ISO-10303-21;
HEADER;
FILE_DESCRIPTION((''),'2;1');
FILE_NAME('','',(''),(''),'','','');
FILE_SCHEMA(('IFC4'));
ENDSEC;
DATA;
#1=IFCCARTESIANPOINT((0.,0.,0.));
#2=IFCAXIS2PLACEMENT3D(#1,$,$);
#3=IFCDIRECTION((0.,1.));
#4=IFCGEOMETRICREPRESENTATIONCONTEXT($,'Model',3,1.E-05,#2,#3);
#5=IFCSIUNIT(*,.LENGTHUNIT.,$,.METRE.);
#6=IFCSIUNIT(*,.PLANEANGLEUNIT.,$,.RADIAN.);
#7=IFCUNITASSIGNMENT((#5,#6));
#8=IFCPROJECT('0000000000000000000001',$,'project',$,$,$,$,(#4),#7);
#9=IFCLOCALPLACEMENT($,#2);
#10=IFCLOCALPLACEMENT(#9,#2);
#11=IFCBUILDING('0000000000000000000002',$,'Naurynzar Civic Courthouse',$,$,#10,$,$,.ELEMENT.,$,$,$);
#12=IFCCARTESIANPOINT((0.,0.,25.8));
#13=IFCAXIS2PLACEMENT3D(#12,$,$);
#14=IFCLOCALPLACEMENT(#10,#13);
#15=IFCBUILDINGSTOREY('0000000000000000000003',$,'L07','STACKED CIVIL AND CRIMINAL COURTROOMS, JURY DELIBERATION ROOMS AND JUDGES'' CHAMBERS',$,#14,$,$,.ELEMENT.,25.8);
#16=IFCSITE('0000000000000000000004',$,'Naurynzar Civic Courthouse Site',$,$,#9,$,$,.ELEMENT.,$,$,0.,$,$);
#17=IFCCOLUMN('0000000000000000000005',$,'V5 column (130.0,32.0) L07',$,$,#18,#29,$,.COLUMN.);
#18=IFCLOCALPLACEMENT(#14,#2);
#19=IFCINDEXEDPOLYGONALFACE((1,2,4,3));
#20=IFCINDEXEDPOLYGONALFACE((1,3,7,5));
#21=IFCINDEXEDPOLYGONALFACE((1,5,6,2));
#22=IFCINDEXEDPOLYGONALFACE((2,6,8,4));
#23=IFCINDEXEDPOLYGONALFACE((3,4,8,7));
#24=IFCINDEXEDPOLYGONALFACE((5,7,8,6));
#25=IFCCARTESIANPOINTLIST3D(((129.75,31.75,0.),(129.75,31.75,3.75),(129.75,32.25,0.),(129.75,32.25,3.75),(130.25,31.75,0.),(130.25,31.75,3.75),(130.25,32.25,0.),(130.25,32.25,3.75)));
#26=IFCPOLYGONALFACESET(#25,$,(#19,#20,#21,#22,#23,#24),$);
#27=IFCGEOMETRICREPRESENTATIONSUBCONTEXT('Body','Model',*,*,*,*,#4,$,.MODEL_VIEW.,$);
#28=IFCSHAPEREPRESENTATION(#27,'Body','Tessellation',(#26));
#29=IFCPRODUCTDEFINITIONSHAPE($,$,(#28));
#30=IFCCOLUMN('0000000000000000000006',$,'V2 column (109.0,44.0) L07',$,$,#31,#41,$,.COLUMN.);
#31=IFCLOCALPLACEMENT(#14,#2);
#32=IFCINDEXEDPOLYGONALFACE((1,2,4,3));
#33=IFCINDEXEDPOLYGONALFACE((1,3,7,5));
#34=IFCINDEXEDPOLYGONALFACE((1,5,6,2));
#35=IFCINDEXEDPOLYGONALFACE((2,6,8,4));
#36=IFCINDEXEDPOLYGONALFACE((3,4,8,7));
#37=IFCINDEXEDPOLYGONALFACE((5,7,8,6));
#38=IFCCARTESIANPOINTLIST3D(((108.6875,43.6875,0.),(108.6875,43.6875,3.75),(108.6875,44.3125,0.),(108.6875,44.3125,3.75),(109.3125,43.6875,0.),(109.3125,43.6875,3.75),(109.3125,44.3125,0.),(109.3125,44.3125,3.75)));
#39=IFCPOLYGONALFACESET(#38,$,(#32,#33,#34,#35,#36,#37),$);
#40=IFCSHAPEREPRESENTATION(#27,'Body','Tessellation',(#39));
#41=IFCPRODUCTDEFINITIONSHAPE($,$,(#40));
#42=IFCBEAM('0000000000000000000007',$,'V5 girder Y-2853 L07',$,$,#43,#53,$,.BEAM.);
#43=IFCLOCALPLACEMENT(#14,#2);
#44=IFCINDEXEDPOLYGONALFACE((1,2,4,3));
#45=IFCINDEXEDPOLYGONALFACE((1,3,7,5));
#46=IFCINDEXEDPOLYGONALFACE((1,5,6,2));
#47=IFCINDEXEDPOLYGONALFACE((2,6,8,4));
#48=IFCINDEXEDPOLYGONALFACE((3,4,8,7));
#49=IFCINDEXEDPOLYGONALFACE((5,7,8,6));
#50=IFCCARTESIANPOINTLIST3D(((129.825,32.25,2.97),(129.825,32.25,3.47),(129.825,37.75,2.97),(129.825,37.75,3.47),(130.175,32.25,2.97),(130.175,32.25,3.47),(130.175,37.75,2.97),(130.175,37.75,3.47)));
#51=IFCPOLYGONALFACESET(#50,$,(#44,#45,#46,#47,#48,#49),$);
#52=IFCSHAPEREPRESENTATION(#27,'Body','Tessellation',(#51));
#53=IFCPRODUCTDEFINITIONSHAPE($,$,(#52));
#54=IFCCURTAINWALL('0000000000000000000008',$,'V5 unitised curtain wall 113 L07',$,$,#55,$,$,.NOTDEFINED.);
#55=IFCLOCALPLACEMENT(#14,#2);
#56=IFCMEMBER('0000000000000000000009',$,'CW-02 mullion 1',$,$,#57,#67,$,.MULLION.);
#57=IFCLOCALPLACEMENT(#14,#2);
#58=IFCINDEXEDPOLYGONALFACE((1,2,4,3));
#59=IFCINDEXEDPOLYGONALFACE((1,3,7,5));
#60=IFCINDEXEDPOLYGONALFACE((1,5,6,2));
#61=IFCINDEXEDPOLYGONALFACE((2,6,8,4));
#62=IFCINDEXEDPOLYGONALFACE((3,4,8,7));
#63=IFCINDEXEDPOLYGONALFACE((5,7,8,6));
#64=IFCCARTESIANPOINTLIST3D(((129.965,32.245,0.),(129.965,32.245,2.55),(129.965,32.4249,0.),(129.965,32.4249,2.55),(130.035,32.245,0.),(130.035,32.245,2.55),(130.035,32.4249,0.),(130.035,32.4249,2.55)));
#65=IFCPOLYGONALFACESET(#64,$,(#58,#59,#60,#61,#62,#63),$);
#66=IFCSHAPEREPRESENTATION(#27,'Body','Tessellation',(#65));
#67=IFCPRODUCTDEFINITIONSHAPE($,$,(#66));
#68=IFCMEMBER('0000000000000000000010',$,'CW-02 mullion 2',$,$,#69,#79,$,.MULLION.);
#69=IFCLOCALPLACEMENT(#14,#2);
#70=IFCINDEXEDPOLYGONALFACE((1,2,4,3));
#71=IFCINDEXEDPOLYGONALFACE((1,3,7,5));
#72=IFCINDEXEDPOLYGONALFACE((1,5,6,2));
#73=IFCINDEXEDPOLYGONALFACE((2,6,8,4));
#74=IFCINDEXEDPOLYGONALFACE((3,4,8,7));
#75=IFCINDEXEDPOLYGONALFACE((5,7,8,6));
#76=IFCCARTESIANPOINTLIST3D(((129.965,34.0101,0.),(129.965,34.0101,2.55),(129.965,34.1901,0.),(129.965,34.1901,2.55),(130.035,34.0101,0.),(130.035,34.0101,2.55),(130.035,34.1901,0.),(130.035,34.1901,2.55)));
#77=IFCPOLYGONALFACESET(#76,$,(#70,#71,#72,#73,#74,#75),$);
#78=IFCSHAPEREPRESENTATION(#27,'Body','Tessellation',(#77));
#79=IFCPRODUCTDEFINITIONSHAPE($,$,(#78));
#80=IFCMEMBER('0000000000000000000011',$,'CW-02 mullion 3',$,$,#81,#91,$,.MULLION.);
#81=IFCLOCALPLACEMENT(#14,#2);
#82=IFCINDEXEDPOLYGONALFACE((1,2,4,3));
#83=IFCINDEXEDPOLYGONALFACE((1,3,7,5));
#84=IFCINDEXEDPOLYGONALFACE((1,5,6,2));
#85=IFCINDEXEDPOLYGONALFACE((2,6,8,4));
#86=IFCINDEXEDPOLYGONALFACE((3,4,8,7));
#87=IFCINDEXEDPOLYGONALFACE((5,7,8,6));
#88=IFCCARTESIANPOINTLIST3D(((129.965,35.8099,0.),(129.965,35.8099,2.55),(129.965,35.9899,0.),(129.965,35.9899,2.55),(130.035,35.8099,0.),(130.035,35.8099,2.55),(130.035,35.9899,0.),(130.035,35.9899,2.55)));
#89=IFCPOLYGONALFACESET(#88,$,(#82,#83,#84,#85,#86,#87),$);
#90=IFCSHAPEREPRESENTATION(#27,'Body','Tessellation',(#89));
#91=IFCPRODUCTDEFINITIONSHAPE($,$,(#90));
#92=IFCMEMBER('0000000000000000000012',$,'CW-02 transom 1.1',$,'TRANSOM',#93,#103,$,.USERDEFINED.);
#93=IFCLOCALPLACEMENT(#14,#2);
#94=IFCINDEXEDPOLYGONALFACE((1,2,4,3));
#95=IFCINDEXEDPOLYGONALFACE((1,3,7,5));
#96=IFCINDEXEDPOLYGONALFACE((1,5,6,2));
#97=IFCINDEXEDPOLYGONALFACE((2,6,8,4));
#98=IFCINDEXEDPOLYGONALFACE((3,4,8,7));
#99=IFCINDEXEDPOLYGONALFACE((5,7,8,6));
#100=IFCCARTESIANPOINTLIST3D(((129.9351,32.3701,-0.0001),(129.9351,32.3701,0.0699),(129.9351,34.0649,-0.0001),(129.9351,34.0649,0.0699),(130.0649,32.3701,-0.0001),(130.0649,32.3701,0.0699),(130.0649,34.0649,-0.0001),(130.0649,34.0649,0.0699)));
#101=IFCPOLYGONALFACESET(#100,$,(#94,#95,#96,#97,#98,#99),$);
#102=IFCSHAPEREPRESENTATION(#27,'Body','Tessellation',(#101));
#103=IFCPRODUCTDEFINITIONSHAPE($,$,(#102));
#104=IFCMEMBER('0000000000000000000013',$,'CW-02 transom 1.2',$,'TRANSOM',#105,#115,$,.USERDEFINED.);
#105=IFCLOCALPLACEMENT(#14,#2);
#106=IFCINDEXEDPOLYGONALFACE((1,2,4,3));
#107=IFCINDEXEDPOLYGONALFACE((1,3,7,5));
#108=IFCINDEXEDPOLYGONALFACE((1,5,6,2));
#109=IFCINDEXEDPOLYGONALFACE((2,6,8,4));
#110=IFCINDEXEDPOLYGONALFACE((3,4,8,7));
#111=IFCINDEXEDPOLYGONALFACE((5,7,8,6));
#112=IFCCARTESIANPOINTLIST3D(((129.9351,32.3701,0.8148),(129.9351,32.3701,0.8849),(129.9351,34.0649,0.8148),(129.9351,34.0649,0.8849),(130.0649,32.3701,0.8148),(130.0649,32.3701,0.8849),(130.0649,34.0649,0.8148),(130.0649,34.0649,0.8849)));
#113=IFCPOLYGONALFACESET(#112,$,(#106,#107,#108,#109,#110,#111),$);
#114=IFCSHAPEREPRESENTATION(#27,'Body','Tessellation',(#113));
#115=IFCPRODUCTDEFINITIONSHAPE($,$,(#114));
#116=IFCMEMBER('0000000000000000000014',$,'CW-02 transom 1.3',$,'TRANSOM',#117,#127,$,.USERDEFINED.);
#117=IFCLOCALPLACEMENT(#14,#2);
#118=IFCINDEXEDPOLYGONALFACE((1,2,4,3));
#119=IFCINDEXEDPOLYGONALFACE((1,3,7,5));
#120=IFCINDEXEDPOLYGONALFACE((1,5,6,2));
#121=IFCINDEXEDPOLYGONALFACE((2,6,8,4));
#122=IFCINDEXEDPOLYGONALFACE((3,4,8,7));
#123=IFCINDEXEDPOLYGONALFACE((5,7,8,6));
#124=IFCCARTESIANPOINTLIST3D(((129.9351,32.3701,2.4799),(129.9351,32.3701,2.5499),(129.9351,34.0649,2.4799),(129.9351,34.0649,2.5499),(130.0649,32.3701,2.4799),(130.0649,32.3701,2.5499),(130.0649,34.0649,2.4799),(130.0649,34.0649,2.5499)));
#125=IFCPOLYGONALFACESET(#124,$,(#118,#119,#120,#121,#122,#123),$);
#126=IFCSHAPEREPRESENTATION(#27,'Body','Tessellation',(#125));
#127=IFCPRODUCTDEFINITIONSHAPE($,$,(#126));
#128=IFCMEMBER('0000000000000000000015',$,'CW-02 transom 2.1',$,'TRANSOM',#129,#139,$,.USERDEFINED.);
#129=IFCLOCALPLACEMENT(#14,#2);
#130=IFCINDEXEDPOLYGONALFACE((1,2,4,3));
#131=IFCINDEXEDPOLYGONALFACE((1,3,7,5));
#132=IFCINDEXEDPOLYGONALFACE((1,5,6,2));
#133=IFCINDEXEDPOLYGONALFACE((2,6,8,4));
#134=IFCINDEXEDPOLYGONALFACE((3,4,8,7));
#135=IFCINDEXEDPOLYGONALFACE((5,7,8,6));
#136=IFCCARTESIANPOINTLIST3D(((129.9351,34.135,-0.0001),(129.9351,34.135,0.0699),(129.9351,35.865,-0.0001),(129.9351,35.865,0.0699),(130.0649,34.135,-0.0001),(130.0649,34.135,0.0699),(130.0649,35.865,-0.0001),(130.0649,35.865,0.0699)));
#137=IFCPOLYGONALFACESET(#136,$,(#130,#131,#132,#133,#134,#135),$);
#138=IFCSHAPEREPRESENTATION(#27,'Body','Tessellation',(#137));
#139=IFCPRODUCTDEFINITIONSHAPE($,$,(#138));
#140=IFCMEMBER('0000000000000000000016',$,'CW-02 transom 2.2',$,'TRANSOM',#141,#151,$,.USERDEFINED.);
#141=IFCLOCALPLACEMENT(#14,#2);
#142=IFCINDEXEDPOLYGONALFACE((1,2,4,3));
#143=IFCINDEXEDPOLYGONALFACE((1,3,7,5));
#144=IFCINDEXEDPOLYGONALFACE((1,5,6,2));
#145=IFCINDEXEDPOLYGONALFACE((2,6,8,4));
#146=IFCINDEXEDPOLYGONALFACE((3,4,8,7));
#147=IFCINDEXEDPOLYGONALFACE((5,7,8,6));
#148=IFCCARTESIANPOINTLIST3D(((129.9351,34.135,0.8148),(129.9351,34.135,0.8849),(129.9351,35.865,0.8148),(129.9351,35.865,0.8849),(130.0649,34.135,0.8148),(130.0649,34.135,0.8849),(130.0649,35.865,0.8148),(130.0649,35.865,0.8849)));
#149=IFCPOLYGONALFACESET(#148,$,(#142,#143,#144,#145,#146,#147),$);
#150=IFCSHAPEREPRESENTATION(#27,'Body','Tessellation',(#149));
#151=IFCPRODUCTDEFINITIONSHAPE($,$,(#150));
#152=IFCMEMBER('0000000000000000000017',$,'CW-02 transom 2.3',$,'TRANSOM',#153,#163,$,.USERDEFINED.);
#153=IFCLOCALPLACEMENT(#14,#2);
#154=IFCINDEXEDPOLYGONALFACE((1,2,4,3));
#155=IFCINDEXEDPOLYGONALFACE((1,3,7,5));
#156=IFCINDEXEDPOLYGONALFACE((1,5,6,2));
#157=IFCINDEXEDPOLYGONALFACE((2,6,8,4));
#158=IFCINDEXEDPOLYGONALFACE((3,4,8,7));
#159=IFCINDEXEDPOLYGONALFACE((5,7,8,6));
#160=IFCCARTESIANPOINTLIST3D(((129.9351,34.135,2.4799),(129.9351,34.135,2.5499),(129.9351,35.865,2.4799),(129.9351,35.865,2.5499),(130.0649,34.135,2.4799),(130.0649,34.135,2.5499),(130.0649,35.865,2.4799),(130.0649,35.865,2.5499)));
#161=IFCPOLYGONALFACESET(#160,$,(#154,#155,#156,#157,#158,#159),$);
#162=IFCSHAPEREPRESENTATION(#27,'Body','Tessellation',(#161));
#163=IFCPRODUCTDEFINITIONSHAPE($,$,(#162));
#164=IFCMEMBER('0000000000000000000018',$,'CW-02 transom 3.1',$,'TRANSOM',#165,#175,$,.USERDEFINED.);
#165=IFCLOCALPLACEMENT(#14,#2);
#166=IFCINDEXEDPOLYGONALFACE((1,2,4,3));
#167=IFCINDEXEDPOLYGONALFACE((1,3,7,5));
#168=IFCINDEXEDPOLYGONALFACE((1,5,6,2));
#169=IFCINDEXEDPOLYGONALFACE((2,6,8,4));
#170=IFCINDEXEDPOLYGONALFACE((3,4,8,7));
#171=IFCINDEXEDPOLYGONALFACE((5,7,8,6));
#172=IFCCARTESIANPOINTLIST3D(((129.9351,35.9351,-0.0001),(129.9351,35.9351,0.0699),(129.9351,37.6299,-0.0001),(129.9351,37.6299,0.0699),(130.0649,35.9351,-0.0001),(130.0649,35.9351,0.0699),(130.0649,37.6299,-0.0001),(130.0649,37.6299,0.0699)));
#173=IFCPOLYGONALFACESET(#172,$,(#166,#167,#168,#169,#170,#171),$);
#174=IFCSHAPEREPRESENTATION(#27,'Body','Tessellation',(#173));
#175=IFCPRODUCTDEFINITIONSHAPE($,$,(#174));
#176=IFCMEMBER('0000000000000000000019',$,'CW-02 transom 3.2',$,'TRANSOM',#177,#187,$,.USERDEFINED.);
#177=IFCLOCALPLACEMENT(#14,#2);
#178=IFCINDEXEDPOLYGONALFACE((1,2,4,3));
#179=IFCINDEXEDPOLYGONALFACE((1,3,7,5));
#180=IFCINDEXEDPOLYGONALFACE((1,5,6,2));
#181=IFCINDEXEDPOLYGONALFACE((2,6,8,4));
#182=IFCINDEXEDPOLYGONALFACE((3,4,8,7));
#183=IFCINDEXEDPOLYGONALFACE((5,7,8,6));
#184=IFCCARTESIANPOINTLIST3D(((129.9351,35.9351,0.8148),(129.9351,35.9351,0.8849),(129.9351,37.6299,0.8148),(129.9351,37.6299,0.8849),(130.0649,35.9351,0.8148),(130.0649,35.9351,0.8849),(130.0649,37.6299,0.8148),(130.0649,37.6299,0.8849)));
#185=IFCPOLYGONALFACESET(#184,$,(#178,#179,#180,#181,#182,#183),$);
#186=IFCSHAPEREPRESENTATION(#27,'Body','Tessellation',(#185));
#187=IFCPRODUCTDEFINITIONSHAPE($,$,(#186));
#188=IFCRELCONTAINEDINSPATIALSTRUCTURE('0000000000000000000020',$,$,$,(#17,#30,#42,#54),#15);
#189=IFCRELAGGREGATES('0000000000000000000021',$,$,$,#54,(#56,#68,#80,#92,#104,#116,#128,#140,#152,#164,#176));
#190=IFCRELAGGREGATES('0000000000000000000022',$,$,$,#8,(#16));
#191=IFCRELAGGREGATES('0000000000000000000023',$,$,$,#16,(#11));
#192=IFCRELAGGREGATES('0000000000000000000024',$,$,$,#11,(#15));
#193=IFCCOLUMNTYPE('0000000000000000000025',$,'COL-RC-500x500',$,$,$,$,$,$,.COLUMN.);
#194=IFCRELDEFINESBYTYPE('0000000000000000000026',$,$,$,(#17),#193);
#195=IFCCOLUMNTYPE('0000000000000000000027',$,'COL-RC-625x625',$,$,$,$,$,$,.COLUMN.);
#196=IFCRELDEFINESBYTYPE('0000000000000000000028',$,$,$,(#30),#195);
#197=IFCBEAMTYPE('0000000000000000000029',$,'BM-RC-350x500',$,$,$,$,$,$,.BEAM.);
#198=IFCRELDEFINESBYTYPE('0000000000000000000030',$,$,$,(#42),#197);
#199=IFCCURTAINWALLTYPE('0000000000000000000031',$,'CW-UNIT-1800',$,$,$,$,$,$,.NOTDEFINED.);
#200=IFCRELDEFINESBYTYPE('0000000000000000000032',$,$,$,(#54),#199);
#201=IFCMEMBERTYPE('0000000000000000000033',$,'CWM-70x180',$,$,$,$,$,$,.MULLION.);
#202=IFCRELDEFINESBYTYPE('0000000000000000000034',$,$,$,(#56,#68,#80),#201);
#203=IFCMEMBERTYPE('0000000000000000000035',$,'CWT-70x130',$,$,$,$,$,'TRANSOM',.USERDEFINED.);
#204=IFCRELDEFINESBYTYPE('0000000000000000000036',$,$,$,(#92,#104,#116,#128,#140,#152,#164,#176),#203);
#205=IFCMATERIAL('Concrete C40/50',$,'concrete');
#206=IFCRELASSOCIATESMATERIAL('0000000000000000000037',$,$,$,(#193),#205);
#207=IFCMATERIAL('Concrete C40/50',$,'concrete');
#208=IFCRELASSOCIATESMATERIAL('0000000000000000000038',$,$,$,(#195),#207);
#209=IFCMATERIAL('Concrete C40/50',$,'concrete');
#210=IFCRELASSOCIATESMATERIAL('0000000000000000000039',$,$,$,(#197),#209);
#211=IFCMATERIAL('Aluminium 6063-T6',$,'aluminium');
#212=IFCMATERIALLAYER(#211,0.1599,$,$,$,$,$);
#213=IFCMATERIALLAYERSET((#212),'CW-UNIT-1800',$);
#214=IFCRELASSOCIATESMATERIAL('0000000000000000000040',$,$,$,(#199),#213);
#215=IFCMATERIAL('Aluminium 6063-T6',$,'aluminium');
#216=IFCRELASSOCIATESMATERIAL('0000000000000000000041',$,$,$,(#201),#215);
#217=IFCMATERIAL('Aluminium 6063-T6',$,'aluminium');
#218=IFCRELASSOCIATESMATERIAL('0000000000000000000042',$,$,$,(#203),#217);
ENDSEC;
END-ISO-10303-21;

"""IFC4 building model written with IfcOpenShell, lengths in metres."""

from ifc_helpers import new_model, si_unit, direction, frame, origin, origin_2d, place, context, subcontext, project, spatial, rectangle, extrude, material, layer, layer_set, material_profile, profile_set, type_object, element, aggregate, save


model = new_model("IFC4")

# Units and contexts
model_context = context("Model", 3, precision=1e-05, world=origin(), true_north=direction((0.0, 1.0)))
body_context = subcontext(model_context, "Body", "Model", "MODEL_VIEW")
ifc_project = project(units=[si_unit("LENGTHUNIT", "METRE"), si_unit("PLANEANGLEUNIT", "RADIAN")], contexts=[model_context])

# Site, building, storey
site_placement = place(None, origin())
site = spatial("IfcSite", under=ifc_project, at=site_placement, Name="Naurynzar Civic Courthouse Site", CompositionType="ELEMENT", RefElevation=0.0)
building_placement = place(site_placement, origin())
building = spatial("IfcBuilding", under=site, at=building_placement, Name="Naurynzar Civic Courthouse", CompositionType="ELEMENT")
storey_placement = place(building_placement, frame((0.0, 0.0, 25.8)))
storey = spatial("IfcBuildingStorey", under=building, at=storey_placement, Name="L07", Description="STACKED CIVIL AND CRIMINAL COURTROOMS, JURY DELIBERATION ROOMS AND JUDGES' CHAMBERS", CompositionType="ELEMENT", Elevation=25.8)

# Columns
ifc_material_1 = material(Name="Concrete C40/50", Category="concrete")
ifc_material_profile_1 = material_profile(ifc_material_1, rectangle(XDim=0.5, YDim=0.5, at=origin_2d()), Name="RC 500x500")
ifc_profile_set_1 = profile_set([ifc_material_profile_1], Name="Concrete C40/50")
column_type_1 = type_object("IfcColumnType", Name="COL-RC-500x500", PredefinedType="COLUMN", material=ifc_profile_set_1)
column_1_placement = place(storey_placement, frame((130.0, 32.0, 0.0), z_axis=(0.0, 0.0, 1.0), x_axis=(1.0, 0.0, 0.0)))
element("IfcColumn", 1, at=column_1_placement, inside=storey, type_object=column_type_1, Name="V5 column (130.0,32.0) L07", PredefinedType="COLUMN", context=body_context, shape_type="SweptSolid", body=[
    extrude(rectangle(XDim=0.5, YDim=0.5, at=origin_2d()), origin(), (0.0, 0.0, 1.0), 3.75),
])
ifc_material_2 = material(Name="Concrete C40/50", Category="concrete")
ifc_material_profile_2 = material_profile(ifc_material_2, rectangle(XDim=0.625, YDim=0.625, at=origin_2d()), Name="RC 625x625")
ifc_profile_set_2 = profile_set([ifc_material_profile_2], Name="Concrete C40/50")
column_type_2 = type_object("IfcColumnType", Name="COL-RC-625x625", PredefinedType="COLUMN", material=ifc_profile_set_2)
column_2_placement = place(storey_placement, frame((109.0, 44.0, 0.0), z_axis=(0.0, 0.0, 1.0), x_axis=(1.0, 0.0, 0.0)))
element("IfcColumn", 2, at=column_2_placement, inside=storey, type_object=column_type_2, Name="V2 column (109.0,44.0) L07", PredefinedType="COLUMN", context=body_context, shape_type="SweptSolid", body=[
    extrude(rectangle(XDim=0.625, YDim=0.625, at=origin_2d()), origin(), (0.0, 0.0, 1.0), 3.75),
])

# Beam
ifc_material_3 = material(Name="Concrete C40/50", Category="concrete")
ifc_material_profile_3 = material_profile(ifc_material_3, rectangle(XDim=0.3501, YDim=0.5, at=origin_2d()), Name="RCB 350x500")
ifc_profile_set_3 = profile_set([ifc_material_profile_3], Name="Concrete C40/50")
beam_type = type_object("IfcBeamType", Name="BM-RC-350x500", PredefinedType="BEAM", material=ifc_profile_set_3)
beam_placement = place(storey_placement, frame((130.0, 32.25, 3.22), z_axis=(0.0, 1.0, 0.0), x_axis=(-1.0, 0.0, 0.0)))
element("IfcBeam", 3, at=beam_placement, inside=storey, type_object=beam_type, Name="V5 girder Y-2853 L07", PredefinedType="BEAM", context=body_context, shape_type="SweptSolid", body=[
    extrude(rectangle(XDim=0.3501, YDim=0.5, at=origin_2d()), origin(), (0.0, 0.0, 1.0), 5.5),
])

# Curtain wall, members
ifc_material_4 = material(Name="Aluminium 6063-T6", Category="aluminium")
ifc_layer_1 = layer(ifc_material_4, 0.1599)
ifc_layer_set_1 = layer_set([ifc_layer_1], Name="CW-UNIT-1800")
curtain_wall_type = type_object("IfcCurtainWallType", Name="CW-UNIT-1800", PredefinedType="NOTDEFINED", material=ifc_layer_set_1)
curtain_wall_placement = place(storey_placement, origin())
curtain_wall = element("IfcCurtainWall", 4, at=curtain_wall_placement, inside=storey, type_object=curtain_wall_type, Name="V5 unitised curtain wall 113 L07", PredefinedType="NOTDEFINED")
ifc_material_5 = material(Name="Aluminium 6063-T6", Category="aluminium")
ifc_material_profile_4 = material_profile(ifc_material_5, rectangle(XDim=0.0701, YDim=0.1799, at=origin_2d()), Name="ALU MULLION 70x180")
ifc_profile_set_4 = profile_set([ifc_material_profile_4], Name="Aluminium 6063-T6")
member_type_1 = type_object("IfcMemberType", Name="CWM-70x180", PredefinedType="MULLION", material=ifc_profile_set_4)
member_1_placement = place(storey_placement, frame((130.0, 32.335, 0.0), z_axis=(0.0, 0.0, 1.0), x_axis=(-1.0, 0.0, 0.0)))
member_1 = element("IfcMember", 5, at=member_1_placement, type_object=member_type_1, Name="CW-02 mullion 1", PredefinedType="MULLION", context=body_context, shape_type="SweptSolid", body=[
    extrude(rectangle(XDim=0.0701, YDim=0.1799, at=origin_2d()), origin(), (0.0, 0.0, 1.0), 2.55),
])
member_2_placement = place(storey_placement, frame((130.0, 34.1001, 0.0), z_axis=(0.0, 0.0, 1.0), x_axis=(-1.0, 0.0, 0.0)))
member_2 = element("IfcMember", 6, at=member_2_placement, type_object=member_type_1, Name="CW-02 mullion 2", PredefinedType="MULLION", context=body_context, shape_type="SweptSolid", body=[
    extrude(rectangle(XDim=0.0701, YDim=0.1799, at=origin_2d()), origin(), (0.0, 0.0, 1.0), 2.55),
])
member_3_placement = place(storey_placement, frame((130.0, 35.8999, 0.0), z_axis=(0.0, 0.0, 1.0), x_axis=(-1.0, 0.0, 0.0)))
member_3 = element("IfcMember", 7, at=member_3_placement, type_object=member_type_1, Name="CW-02 mullion 3", PredefinedType="MULLION", context=body_context, shape_type="SweptSolid", body=[
    extrude(rectangle(XDim=0.0701, YDim=0.1799, at=origin_2d()), origin(), (0.0, 0.0, 1.0), 2.55),
])
ifc_material_6 = material(Name="Aluminium 6063-T6", Category="aluminium")
ifc_material_profile_5 = material_profile(ifc_material_6, rectangle(XDim=0.1299, YDim=0.0701, at=origin_2d()), Name="ALU TRANSOM 70x130")
ifc_profile_set_5 = profile_set([ifc_material_profile_5], Name="Aluminium 6063-T6")
member_type_2 = type_object("IfcMemberType", Name="CWT-70x130", ElementType="TRANSOM", PredefinedType="USERDEFINED", material=ifc_profile_set_5)
member_4_placement = place(storey_placement, frame((130.0, 32.3701, 0.0349), z_axis=(0.0, 1.0, 0.0), x_axis=(-1.0, 0.0, 0.0)))
member_4 = element("IfcMember", 8, at=member_4_placement, type_object=member_type_2, Name="CW-02 transom 1.1", ObjectType="TRANSOM", PredefinedType="USERDEFINED", context=body_context, shape_type="SweptSolid", body=[
    extrude(rectangle(XDim=0.1299, YDim=0.0701, at=origin_2d()), origin(), (0.0, 0.0, 1.0), 1.6948),
])
member_5_placement = place(storey_placement, frame((130.0, 32.3701, 0.8499), z_axis=(0.0, 1.0, 0.0), x_axis=(-1.0, 0.0, 0.0)))
member_5 = element("IfcMember", 9, at=member_5_placement, type_object=member_type_2, Name="CW-02 transom 1.2", ObjectType="TRANSOM", PredefinedType="USERDEFINED", context=body_context, shape_type="SweptSolid", body=[
    extrude(rectangle(XDim=0.1299, YDim=0.0701, at=origin_2d()), origin(), (0.0, 0.0, 1.0), 1.6948),
])
member_6_placement = place(storey_placement, frame((130.0, 32.3701, 2.5149), z_axis=(0.0, 1.0, 0.0), x_axis=(-1.0, 0.0, 0.0)))
member_6 = element("IfcMember", 10, at=member_6_placement, type_object=member_type_2, Name="CW-02 transom 1.3", ObjectType="TRANSOM", PredefinedType="USERDEFINED", context=body_context, shape_type="SweptSolid", body=[
    extrude(rectangle(XDim=0.1299, YDim=0.0701, at=origin_2d()), origin(), (0.0, 0.0, 1.0), 1.6948),
])
member_7_placement = place(storey_placement, frame((130.0, 34.135, 0.0349), z_axis=(0.0, 1.0, 0.0), x_axis=(-1.0, 0.0, 0.0)))
member_7 = element("IfcMember", 11, at=member_7_placement, type_object=member_type_2, Name="CW-02 transom 2.1", ObjectType="TRANSOM", PredefinedType="USERDEFINED", context=body_context, shape_type="SweptSolid", body=[
    extrude(rectangle(XDim=0.1299, YDim=0.0701, at=origin_2d()), origin(), (0.0, 0.0, 1.0), 1.73),
])
member_8_placement = place(storey_placement, frame((130.0, 34.135, 0.8499), z_axis=(0.0, 1.0, 0.0), x_axis=(-1.0, 0.0, 0.0)))
member_8 = element("IfcMember", 12, at=member_8_placement, type_object=member_type_2, Name="CW-02 transom 2.2", ObjectType="TRANSOM", PredefinedType="USERDEFINED", context=body_context, shape_type="SweptSolid", body=[
    extrude(rectangle(XDim=0.1299, YDim=0.0701, at=origin_2d()), origin(), (0.0, 0.0, 1.0), 1.73),
])
member_9_placement = place(storey_placement, frame((130.0, 34.135, 2.5149), z_axis=(0.0, 1.0, 0.0), x_axis=(-1.0, 0.0, 0.0)))
member_9 = element("IfcMember", 13, at=member_9_placement, type_object=member_type_2, Name="CW-02 transom 2.3", ObjectType="TRANSOM", PredefinedType="USERDEFINED", context=body_context, shape_type="SweptSolid", body=[
    extrude(rectangle(XDim=0.1299, YDim=0.0701, at=origin_2d()), origin(), (0.0, 0.0, 1.0), 1.73),
])
member_10_placement = place(storey_placement, frame((130.0, 35.9351, 0.0349), z_axis=(0.0, 1.0, 0.0), x_axis=(-1.0, 0.0, 0.0)))
member_10 = element("IfcMember", 14, at=member_10_placement, type_object=member_type_2, Name="CW-02 transom 3.1", ObjectType="TRANSOM", PredefinedType="USERDEFINED", context=body_context, shape_type="SweptSolid", body=[
    extrude(rectangle(XDim=0.1299, YDim=0.0701, at=origin_2d()), origin(), (0.0, 0.0, 1.0), 1.6948),
])
member_11_placement = place(storey_placement, frame((130.0, 35.9351, 0.8499), z_axis=(0.0, 1.0, 0.0), x_axis=(-1.0, 0.0, 0.0)))
member_11 = element("IfcMember", 15, at=member_11_placement, type_object=member_type_2, Name="CW-02 transom 3.2", ObjectType="TRANSOM", PredefinedType="USERDEFINED", context=body_context, shape_type="SweptSolid", body=[
    extrude(rectangle(XDim=0.1299, YDim=0.0701, at=origin_2d()), origin(), (0.0, 0.0, 1.0), 1.6948),
])
aggregate(curtain_wall, [member_1, member_2, member_3, member_4, member_5, member_6, member_7, member_8, member_9, member_10, member_11])

save(model, "model.ifc")
